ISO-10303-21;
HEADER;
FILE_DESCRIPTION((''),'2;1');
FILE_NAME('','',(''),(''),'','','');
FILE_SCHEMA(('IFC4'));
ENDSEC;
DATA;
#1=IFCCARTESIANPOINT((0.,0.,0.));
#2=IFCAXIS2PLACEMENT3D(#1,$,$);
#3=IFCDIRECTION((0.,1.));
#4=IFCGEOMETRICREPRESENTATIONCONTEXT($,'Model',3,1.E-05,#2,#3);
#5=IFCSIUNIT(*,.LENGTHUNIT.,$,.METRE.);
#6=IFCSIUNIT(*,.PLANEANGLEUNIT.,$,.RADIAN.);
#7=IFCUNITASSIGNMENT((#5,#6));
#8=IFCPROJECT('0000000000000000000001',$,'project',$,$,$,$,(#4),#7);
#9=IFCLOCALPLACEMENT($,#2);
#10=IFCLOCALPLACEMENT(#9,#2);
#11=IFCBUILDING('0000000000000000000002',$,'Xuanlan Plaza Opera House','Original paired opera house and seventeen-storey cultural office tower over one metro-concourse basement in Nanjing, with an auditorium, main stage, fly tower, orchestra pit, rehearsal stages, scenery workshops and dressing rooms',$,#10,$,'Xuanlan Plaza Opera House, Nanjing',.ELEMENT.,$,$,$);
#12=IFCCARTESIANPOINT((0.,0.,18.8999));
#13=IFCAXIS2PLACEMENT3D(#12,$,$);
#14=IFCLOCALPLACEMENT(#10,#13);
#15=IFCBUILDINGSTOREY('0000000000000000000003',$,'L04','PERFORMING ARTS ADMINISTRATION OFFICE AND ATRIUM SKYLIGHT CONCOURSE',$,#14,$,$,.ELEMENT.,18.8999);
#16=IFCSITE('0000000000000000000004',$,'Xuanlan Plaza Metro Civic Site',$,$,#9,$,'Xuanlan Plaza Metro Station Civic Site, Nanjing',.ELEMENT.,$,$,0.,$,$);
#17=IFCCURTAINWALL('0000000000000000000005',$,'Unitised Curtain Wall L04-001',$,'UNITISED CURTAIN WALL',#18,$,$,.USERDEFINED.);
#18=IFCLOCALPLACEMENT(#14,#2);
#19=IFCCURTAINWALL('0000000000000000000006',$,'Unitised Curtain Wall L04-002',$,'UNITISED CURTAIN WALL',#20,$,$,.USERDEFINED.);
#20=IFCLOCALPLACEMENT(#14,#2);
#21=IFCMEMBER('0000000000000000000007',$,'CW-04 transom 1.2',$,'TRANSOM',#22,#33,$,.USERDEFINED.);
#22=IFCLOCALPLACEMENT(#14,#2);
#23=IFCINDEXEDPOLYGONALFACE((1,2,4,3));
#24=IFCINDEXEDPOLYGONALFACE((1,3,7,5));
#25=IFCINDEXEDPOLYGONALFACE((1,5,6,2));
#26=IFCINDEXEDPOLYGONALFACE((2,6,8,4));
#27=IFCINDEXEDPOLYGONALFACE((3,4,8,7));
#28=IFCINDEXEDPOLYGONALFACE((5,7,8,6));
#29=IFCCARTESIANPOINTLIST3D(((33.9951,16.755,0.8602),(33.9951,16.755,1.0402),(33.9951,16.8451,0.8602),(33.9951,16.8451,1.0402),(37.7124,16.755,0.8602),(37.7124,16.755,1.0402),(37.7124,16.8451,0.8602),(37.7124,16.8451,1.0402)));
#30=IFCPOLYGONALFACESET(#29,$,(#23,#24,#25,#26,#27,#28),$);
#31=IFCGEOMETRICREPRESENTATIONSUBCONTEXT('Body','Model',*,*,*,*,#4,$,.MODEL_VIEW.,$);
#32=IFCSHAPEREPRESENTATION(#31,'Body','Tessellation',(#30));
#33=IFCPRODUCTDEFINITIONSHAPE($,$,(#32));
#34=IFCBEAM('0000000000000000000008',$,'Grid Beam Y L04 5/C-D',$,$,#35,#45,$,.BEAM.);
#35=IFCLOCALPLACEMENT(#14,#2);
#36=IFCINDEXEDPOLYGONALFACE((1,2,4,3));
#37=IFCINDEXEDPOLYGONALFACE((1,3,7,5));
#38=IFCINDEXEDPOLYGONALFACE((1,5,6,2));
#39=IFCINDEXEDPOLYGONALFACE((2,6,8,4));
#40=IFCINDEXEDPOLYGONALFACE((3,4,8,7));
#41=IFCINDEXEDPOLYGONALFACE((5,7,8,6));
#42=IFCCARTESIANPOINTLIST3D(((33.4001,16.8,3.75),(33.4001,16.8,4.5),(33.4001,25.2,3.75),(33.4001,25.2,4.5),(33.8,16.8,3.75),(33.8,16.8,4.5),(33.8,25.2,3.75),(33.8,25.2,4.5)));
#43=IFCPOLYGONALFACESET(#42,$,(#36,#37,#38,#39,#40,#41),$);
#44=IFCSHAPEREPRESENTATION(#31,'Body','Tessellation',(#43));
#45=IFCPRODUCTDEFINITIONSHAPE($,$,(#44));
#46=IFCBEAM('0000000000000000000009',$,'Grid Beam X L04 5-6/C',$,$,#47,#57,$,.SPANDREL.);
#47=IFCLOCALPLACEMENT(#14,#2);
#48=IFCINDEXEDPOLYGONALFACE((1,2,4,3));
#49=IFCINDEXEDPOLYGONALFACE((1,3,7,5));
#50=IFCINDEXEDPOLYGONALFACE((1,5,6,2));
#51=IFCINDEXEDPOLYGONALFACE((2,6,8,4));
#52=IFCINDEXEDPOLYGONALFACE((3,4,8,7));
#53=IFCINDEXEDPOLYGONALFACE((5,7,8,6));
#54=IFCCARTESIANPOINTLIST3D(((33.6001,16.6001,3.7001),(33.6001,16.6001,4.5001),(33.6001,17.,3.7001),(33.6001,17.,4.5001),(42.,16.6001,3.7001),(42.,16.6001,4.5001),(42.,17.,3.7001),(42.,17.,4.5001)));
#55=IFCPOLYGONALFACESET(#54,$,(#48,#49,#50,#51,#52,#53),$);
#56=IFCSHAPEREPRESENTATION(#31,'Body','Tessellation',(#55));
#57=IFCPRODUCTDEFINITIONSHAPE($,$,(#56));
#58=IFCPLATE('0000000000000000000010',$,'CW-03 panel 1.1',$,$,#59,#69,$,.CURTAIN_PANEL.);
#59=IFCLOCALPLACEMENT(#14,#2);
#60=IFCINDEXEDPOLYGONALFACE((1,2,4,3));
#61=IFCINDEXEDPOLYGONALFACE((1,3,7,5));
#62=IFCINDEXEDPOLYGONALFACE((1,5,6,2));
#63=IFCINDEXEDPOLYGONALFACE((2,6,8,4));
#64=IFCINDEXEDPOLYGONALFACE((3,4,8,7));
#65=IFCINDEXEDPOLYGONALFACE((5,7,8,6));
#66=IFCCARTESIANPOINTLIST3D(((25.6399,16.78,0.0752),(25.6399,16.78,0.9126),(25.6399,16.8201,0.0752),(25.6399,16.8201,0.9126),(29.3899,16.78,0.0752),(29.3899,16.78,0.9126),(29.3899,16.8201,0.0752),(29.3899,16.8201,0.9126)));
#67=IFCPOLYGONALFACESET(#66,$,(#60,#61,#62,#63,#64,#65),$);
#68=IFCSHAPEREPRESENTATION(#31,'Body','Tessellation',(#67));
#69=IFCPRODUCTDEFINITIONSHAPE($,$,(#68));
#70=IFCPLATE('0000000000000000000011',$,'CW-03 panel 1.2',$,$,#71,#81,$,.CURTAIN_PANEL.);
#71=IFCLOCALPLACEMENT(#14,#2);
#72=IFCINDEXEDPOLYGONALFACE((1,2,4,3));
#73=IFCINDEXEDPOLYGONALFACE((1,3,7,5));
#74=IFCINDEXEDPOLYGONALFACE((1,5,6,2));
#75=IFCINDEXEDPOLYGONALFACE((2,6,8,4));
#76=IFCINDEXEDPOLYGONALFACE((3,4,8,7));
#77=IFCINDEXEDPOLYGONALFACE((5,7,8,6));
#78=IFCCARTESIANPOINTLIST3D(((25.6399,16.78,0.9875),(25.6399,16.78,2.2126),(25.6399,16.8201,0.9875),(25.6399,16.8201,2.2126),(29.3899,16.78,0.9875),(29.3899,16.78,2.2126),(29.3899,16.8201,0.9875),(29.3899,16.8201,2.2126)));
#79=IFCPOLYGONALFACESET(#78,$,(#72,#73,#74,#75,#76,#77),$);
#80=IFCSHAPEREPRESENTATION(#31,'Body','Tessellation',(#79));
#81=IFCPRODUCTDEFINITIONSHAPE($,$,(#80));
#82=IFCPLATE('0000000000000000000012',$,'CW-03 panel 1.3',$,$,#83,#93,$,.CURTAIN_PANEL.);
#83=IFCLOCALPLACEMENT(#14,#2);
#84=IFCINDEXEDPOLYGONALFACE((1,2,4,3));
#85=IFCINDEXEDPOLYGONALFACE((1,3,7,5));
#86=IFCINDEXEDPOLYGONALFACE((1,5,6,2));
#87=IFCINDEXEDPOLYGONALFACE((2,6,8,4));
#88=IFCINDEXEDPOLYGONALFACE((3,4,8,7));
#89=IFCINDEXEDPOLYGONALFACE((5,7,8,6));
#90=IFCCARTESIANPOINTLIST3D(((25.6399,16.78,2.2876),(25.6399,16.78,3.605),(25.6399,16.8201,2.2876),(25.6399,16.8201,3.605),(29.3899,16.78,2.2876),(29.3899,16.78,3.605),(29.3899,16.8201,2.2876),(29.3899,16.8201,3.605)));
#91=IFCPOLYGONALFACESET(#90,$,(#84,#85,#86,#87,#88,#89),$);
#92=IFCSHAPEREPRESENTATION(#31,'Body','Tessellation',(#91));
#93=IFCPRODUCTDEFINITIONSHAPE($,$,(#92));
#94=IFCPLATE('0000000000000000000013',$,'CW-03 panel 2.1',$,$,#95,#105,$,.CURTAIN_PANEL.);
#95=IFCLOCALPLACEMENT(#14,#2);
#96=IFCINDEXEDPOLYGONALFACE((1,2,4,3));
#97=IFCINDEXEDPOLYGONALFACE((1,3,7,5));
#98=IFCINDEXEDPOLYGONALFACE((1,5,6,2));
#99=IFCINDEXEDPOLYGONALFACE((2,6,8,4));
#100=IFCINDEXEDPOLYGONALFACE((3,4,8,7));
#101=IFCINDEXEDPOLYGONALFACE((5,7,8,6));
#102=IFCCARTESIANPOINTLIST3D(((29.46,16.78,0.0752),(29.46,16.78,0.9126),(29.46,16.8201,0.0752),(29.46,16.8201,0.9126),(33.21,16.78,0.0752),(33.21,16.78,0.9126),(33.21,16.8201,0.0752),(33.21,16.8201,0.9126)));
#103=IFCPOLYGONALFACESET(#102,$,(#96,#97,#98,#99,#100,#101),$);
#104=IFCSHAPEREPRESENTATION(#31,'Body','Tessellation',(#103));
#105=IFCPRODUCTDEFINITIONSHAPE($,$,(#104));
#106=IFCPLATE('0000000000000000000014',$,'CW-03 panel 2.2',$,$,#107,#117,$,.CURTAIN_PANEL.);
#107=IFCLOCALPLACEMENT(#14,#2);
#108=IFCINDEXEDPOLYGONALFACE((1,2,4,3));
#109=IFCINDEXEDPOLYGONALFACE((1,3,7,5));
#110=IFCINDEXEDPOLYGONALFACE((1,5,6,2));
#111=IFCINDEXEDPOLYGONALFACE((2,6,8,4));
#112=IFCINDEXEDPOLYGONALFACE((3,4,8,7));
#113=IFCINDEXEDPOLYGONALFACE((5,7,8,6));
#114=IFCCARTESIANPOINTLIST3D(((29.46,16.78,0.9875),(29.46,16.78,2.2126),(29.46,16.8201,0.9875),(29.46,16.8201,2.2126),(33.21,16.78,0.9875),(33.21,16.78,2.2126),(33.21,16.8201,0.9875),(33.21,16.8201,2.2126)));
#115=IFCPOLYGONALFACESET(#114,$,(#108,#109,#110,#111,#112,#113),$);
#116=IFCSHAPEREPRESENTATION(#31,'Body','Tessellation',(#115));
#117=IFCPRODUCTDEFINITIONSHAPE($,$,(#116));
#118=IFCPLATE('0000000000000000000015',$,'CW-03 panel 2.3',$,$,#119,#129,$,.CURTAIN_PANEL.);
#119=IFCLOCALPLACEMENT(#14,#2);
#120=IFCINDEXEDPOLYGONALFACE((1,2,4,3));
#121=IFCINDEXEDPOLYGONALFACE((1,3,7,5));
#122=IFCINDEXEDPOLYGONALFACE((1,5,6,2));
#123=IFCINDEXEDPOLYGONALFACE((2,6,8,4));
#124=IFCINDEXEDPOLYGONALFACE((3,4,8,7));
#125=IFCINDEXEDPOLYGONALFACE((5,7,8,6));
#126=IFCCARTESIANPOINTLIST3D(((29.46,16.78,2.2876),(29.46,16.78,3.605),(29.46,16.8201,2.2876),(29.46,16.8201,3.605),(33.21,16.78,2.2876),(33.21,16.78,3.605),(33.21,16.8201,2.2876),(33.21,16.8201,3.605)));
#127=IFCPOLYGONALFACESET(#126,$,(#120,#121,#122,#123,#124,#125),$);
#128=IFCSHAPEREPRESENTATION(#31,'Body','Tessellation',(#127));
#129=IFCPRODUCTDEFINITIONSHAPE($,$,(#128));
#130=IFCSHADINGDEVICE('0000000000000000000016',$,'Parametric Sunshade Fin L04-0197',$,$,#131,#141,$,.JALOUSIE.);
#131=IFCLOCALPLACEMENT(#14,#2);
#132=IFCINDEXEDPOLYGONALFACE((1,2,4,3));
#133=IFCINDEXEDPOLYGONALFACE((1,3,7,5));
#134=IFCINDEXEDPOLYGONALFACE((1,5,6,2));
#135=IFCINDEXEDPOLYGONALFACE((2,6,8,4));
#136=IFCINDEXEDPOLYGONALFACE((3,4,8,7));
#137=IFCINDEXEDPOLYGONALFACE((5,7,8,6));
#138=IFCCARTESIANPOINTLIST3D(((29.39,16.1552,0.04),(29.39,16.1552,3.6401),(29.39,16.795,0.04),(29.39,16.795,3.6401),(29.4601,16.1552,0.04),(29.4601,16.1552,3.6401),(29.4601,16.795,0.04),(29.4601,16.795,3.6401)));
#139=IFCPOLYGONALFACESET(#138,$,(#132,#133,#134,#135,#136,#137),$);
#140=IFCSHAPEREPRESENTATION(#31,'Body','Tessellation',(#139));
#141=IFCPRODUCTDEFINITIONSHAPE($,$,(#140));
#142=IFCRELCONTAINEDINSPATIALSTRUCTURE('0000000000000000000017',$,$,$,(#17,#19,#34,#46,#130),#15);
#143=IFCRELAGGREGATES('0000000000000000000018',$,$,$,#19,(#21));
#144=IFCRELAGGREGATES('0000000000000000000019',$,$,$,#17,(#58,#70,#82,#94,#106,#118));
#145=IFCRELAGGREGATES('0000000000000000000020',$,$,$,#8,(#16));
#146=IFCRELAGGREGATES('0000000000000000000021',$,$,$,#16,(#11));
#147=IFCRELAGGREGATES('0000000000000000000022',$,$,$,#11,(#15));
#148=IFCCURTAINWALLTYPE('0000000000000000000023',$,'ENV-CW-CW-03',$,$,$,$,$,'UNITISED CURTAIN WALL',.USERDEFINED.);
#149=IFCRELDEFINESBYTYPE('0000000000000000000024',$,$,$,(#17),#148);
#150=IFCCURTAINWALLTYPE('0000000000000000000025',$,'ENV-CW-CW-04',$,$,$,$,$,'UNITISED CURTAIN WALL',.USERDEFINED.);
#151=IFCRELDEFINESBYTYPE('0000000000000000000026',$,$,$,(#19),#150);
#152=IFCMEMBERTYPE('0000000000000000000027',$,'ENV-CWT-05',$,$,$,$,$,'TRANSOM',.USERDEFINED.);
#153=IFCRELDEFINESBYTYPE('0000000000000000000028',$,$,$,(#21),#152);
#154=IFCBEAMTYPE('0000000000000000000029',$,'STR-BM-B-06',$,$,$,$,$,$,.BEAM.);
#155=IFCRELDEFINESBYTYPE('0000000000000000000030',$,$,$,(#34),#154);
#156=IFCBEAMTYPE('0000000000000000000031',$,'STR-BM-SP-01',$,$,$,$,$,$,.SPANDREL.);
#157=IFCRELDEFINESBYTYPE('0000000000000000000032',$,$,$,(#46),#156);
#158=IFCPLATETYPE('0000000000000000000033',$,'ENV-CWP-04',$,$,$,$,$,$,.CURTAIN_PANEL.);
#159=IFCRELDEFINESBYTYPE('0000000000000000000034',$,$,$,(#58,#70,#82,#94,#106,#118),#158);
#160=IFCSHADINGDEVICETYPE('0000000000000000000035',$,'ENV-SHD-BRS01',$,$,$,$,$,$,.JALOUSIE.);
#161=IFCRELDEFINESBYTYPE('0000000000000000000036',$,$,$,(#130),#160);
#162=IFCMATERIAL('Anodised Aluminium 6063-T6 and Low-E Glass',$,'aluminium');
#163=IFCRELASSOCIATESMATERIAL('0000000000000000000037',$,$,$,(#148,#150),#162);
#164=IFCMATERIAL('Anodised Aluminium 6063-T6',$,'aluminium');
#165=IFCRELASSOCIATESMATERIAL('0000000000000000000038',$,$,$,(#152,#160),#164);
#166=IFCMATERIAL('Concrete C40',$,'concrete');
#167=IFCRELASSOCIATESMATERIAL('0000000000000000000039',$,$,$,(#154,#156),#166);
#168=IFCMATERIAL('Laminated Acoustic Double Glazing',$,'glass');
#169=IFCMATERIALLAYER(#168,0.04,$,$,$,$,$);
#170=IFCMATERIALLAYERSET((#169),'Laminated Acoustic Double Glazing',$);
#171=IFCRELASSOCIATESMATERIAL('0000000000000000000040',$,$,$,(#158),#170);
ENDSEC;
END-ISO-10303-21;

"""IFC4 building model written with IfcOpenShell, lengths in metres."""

from ifc_helpers import new_model, si_unit, direction, frame, origin, origin_2d, place, context, subcontext, project, spatial, rectangle, extrude, material, layer, layer_set, material_profile, profile_set, type_object, element, aggregate, save


model = new_model("IFC4")

# Units and contexts
model_context = context("Model", 3, precision=1e-05, world=origin(), true_north=direction((0.0, 1.0)))
body_context = subcontext(model_context, "Body", "Model", "MODEL_VIEW")
ifc_project = project(units=[si_unit("LENGTHUNIT", "METRE"), si_unit("PLANEANGLEUNIT", "RADIAN")], contexts=[model_context])

# Site, building, storey
site_placement = place(None, origin())
site = spatial("IfcSite", under=ifc_project, at=site_placement, Name="Xuanlan Plaza Metro Civic Site", LongName="Xuanlan Plaza Metro Station Civic Site, Nanjing", CompositionType="ELEMENT", RefElevation=0.0)
building_placement = place(site_placement, origin())
building = spatial("IfcBuilding", under=site, at=building_placement, Name="Xuanlan Plaza Opera House", Description="Original paired opera house and seventeen-storey cultural office tower over one metro-concourse basement in Nanjing, with an auditorium, main stage, fly tower, orchestra pit, rehearsal stages, scenery workshops and dressing rooms", LongName="Xuanlan Plaza Opera House, Nanjing", CompositionType="ELEMENT")
storey_placement = place(building_placement, frame((0.0, 0.0, 18.8999)))
storey = spatial("IfcBuildingStorey", under=building, at=storey_placement, Name="L04", Description="PERFORMING ARTS ADMINISTRATION OFFICE AND ATRIUM SKYLIGHT CONCOURSE", CompositionType="ELEMENT", Elevation=18.8999)

# Shared definitions
ifc_material_1 = material(Name="Concrete C40", Category="concrete")

# Curtain wall
ifc_material_2 = material(Name="Anodised Aluminium 6063-T6 and Low-E Glass", Category="aluminium")
curtain_wall_type_1 = type_object("IfcCurtainWallType", Name="ENV-CW-CW-03", ElementType="UNITISED CURTAIN WALL", PredefinedType="USERDEFINED", material=ifc_material_2)
curtain_wall_1_placement = place(storey_placement, origin())
curtain_wall_1 = element("IfcCurtainWall", 1, at=curtain_wall_1_placement, inside=storey, type_object=curtain_wall_type_1, Name="Unitised Curtain Wall L04-001", ObjectType="UNITISED CURTAIN WALL", PredefinedType="USERDEFINED")
ifc_material_3 = material(Name="Anodised Aluminium 6063-T6", Category="aluminium")

# Curtain wall
curtain_wall_type_2 = type_object("IfcCurtainWallType", Name="ENV-CW-CW-04", ElementType="UNITISED CURTAIN WALL", PredefinedType="USERDEFINED", material=ifc_material_2)
curtain_wall_2_placement = place(storey_placement, origin())
curtain_wall_2 = element("IfcCurtainWall", 2, at=curtain_wall_2_placement, inside=storey, type_object=curtain_wall_type_2, Name="Unitised Curtain Wall L04-002", ObjectType="UNITISED CURTAIN WALL", PredefinedType="USERDEFINED")

# Member
ifc_material_profile_1 = material_profile(ifc_material_3, rectangle(XDim=0.0901, YDim=0.1799, at=origin_2d()), Name="ALU-T 90x180")
ifc_profile_set_1 = profile_set([ifc_material_profile_1], Name="Anodised Aluminium 6063-T6")
member_type_1 = type_object("IfcMemberType", Name="ENV-CWT-05", ElementType="TRANSOM", PredefinedType="USERDEFINED", material=ifc_profile_set_1)
member_1_placement = place(storey_placement, frame((33.9951, 16.8, 0.9502), z_axis=(1.0, 0.0, 0.0), x_axis=(0.0, 1.0, 0.0)))
member_1 = element("IfcMember", 3, at=member_1_placement, type_object=member_type_1, Name="CW-04 transom 1.2", ObjectType="TRANSOM", PredefinedType="USERDEFINED", context=body_context, shape_type="SweptSolid", body=[
    extrude(rectangle(XDim=0.0901, YDim=0.1799, at=origin_2d()), origin(), (0.0, 0.0, 1.0), 3.7173),
])
aggregate(curtain_wall_2, [member_1])

# Beams
ifc_material_profile_2 = material_profile(ifc_material_1, rectangle(XDim=0.3999, YDim=0.75, at=origin_2d()), Name="RC-BM 400x750")
ifc_profile_set_2 = profile_set([ifc_material_profile_2], Name="Concrete C40")
beam_type_1 = type_object("IfcBeamType", Name="STR-BM-B-06", PredefinedType="BEAM", material=ifc_profile_set_2)
beam_1_placement = place(storey_placement, frame((33.6001, 16.8, 4.125), z_axis=(0.0, 1.0, 0.0), x_axis=(-1.0, 0.0, 0.0)))
element("IfcBeam", 4, at=beam_1_placement, inside=storey, type_object=beam_type_1, Name="Grid Beam Y L04 5/C-D", PredefinedType="BEAM", context=body_context, shape_type="SweptSolid", body=[
    extrude(rectangle(XDim=0.3999, YDim=0.75, at=origin_2d()), origin(), (0.0, 0.0, 1.0), 8.3999),
])
ifc_material_profile_3 = material_profile(ifc_material_1, rectangle(XDim=0.3999, YDim=0.8, at=origin_2d()), Name="RC-SPD 400x800")
ifc_profile_set_3 = profile_set([ifc_material_profile_3], Name="Concrete C40")
beam_type_2 = type_object("IfcBeamType", Name="STR-BM-SP-01", PredefinedType="SPANDREL", material=ifc_profile_set_3)
beam_2_placement = place(storey_placement, frame((33.6001, 16.8, 4.1001), z_axis=(1.0, 0.0, 0.0), x_axis=(0.0, 1.0, 0.0)))
element("IfcBeam", 5, at=beam_2_placement, inside=storey, type_object=beam_type_2, Name="Grid Beam X L04 5-6/C", PredefinedType="SPANDREL", context=body_context, shape_type="SweptSolid", body=[
    extrude(rectangle(XDim=0.3999, YDim=0.8, at=origin_2d()), origin(), (0.0, 0.0, 1.0), 8.3999),
])

# Plates
ifc_material_4 = material(Name="Laminated Acoustic Double Glazing", Category="glass")
ifc_layer = layer(ifc_material_4, 0.04)
ifc_layer_set = layer_set([ifc_layer], Name="Laminated Acoustic Double Glazing")
plate_type = type_object("IfcPlateType", Name="ENV-CWP-04", PredefinedType="CURTAIN_PANEL", material=ifc_layer_set)
plate_1_placement = place(storey_placement, frame((27.5149, 16.8, 0.0752), z_axis=(0.0, 0.0, 1.0), x_axis=(1.0, 0.0, 0.0)))
plate_1 = element("IfcPlate", 6, at=plate_1_placement, type_object=plate_type, Name="CW-03 panel 1.1", PredefinedType="CURTAIN_PANEL", context=body_context, shape_type="SweptSolid", body=[
    extrude(rectangle(XDim=3.75, YDim=0.04, at=origin_2d()), origin(), (0.0, 0.0, 1.0), 0.8374),
])
plate_2_placement = place(storey_placement, frame((27.5149, 16.8, 0.9875), z_axis=(0.0, 0.0, 1.0), x_axis=(1.0, 0.0, 0.0)))
plate_2 = element("IfcPlate", 7, at=plate_2_placement, type_object=plate_type, Name="CW-03 panel 1.2", PredefinedType="CURTAIN_PANEL", context=body_context, shape_type="SweptSolid", body=[
    extrude(rectangle(XDim=3.75, YDim=0.04, at=origin_2d()), origin(), (0.0, 0.0, 1.0), 1.2251),
])
plate_3_placement = place(storey_placement, frame((27.5149, 16.8, 2.2876), z_axis=(0.0, 0.0, 1.0), x_axis=(1.0, 0.0, 0.0)))
plate_3 = element("IfcPlate", 8, at=plate_3_placement, type_object=plate_type, Name="CW-03 panel 1.3", PredefinedType="CURTAIN_PANEL", context=body_context, shape_type="SweptSolid", body=[
    extrude(rectangle(XDim=3.75, YDim=0.04, at=origin_2d()), origin(), (0.0, 0.0, 1.0), 1.3174),
])
plate_4_placement = place(storey_placement, frame((31.335, 16.8, 0.0752), z_axis=(0.0, 0.0, 1.0), x_axis=(1.0, 0.0, 0.0)))
plate_4 = element("IfcPlate", 9, at=plate_4_placement, type_object=plate_type, Name="CW-03 panel 2.1", PredefinedType="CURTAIN_PANEL", context=body_context, shape_type="SweptSolid", body=[
    extrude(rectangle(XDim=3.75, YDim=0.04, at=origin_2d()), origin(), (0.0, 0.0, 1.0), 0.8374),
])
plate_5_placement = place(storey_placement, frame((31.335, 16.8, 0.9875), z_axis=(0.0, 0.0, 1.0), x_axis=(1.0, 0.0, 0.0)))
plate_5 = element("IfcPlate", 10, at=plate_5_placement, type_object=plate_type, Name="CW-03 panel 2.2", PredefinedType="CURTAIN_PANEL", context=body_context, shape_type="SweptSolid", body=[
    extrude(rectangle(XDim=3.75, YDim=0.04, at=origin_2d()), origin(), (0.0, 0.0, 1.0), 1.2251),
])
plate_6_placement = place(storey_placement, frame((31.335, 16.8, 2.2876), z_axis=(0.0, 0.0, 1.0), x_axis=(1.0, 0.0, 0.0)))
plate_6 = element("IfcPlate", 11, at=plate_6_placement, type_object=plate_type, Name="CW-03 panel 2.3", PredefinedType="CURTAIN_PANEL", context=body_context, shape_type="SweptSolid", body=[
    extrude(rectangle(XDim=3.75, YDim=0.04, at=origin_2d()), origin(), (0.0, 0.0, 1.0), 1.3174),
])
aggregate(curtain_wall_1, [plate_1, plate_2, plate_3, plate_4, plate_5, plate_6])

# Shading device
shading_device_type = type_object("IfcShadingDeviceType", Name="ENV-SHD-BRS01", PredefinedType="JALOUSIE", material=ifc_material_3)
shading_device_placement = place(storey_placement, frame((29.425, 16.4751, 0.04), z_axis=(0.0, 0.0, 1.0), x_axis=(0.0, -1.0, 0.0)))
element("IfcShadingDevice", 12, at=shading_device_placement, inside=storey, type_object=shading_device_type, Name="Parametric Sunshade Fin L04-0197", PredefinedType="JALOUSIE", context=body_context, shape_type="SweptSolid", body=[
    extrude(rectangle(XDim=0.6399, YDim=0.0701, at=origin_2d()), origin(), (0.0, 0.0, 1.0), 3.6001),
])

save(model, "model.ifc")
